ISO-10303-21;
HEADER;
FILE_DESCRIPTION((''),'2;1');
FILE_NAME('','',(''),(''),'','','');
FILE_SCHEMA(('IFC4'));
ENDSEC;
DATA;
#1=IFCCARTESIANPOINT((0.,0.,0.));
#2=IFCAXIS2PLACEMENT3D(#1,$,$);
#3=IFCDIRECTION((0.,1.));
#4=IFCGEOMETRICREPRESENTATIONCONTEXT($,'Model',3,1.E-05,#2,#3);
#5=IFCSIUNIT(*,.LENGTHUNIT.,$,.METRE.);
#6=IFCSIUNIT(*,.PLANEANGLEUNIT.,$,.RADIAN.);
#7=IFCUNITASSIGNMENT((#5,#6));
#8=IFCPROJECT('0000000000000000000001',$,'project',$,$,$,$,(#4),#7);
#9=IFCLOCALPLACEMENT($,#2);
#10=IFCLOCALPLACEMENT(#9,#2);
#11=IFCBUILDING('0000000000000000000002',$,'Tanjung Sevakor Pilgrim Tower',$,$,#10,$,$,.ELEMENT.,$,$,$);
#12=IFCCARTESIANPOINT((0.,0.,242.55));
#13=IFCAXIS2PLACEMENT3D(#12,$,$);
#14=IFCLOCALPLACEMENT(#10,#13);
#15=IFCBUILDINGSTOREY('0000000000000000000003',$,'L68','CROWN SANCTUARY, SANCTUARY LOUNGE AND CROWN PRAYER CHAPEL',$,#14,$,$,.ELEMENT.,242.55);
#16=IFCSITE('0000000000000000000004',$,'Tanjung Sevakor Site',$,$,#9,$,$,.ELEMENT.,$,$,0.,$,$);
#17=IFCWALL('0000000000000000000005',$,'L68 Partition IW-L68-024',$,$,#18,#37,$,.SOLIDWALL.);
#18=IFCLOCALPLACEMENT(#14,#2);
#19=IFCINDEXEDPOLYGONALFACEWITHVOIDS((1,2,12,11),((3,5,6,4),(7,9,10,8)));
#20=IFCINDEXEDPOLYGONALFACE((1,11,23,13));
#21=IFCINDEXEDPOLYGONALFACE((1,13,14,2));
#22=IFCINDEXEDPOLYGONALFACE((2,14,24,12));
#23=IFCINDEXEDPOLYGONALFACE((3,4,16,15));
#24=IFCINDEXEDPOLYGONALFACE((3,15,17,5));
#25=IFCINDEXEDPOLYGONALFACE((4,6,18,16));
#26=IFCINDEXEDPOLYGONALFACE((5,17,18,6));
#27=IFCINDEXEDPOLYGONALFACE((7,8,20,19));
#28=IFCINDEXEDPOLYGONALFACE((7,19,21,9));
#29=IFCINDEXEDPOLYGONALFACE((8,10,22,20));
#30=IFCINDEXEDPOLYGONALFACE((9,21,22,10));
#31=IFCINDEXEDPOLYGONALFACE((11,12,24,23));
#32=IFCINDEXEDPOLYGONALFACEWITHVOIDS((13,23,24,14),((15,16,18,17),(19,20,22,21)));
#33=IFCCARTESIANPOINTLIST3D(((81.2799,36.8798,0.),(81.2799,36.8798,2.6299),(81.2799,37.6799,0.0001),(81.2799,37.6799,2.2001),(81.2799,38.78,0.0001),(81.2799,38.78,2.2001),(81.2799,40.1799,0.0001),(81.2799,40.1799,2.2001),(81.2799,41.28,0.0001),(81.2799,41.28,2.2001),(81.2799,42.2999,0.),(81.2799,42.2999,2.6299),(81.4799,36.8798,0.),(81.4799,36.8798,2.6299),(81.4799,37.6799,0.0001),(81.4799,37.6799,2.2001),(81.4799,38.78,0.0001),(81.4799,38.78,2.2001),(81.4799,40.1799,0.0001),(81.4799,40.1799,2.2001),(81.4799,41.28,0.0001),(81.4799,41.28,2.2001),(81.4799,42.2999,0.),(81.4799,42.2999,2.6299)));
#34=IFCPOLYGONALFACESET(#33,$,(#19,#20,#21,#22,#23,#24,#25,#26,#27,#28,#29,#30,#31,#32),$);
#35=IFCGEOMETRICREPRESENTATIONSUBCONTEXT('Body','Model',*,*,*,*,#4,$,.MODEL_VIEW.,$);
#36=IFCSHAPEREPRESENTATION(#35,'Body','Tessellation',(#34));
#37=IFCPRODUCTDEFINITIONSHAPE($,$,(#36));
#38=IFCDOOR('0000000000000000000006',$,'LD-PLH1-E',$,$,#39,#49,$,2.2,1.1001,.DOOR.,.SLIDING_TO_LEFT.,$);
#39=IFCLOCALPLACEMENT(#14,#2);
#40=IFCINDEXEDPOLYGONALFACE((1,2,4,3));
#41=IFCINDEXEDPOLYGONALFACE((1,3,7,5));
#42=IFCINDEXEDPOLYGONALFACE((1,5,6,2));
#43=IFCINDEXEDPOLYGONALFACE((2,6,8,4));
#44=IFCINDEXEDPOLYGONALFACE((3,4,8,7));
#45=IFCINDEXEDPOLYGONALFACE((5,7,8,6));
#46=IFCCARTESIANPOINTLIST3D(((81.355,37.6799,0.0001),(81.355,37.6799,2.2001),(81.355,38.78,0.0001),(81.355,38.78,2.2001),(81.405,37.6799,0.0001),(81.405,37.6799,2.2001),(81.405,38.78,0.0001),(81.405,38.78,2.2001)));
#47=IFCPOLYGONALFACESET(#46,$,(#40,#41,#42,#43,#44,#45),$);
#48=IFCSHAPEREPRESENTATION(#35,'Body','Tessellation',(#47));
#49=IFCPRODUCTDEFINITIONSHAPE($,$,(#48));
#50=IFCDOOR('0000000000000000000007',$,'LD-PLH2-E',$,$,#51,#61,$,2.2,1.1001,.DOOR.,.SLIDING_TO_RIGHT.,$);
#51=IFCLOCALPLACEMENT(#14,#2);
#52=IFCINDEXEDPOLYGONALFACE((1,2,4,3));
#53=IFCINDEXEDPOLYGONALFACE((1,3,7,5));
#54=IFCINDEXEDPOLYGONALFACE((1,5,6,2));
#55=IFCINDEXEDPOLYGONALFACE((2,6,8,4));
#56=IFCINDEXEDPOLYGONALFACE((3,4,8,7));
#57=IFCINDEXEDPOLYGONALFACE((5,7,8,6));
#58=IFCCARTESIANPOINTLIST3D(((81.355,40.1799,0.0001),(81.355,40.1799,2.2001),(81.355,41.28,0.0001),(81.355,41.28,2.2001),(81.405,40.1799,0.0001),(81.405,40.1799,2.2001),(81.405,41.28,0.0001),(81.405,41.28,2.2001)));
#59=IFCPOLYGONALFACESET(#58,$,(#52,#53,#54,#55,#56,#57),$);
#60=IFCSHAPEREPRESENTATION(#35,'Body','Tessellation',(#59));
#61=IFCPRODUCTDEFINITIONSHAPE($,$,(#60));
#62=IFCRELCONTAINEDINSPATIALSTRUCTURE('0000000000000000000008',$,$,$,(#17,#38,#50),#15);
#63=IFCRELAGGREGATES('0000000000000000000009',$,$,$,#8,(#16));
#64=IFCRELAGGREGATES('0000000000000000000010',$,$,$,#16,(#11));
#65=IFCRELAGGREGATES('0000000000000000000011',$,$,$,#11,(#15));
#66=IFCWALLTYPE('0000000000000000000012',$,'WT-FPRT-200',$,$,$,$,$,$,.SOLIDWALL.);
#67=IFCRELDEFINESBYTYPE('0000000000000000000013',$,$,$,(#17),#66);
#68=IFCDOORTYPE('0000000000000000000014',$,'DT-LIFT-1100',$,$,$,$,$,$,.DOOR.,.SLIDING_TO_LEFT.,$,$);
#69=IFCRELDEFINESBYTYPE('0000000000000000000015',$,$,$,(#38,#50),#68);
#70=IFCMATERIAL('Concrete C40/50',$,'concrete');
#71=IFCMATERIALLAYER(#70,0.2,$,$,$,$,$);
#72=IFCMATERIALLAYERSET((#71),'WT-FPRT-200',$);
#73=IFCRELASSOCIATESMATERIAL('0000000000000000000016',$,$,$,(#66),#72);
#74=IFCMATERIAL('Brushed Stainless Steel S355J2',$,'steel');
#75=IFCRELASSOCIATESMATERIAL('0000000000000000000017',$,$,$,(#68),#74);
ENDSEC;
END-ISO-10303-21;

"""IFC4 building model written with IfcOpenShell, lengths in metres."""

from ifc_helpers import new_model, si_unit, direction, frame, frame_2d, origin, place, context, subcontext, project, spatial, rectangle, extrude, material, layer, layer_set, type_object, element, fill, save


model = new_model("IFC4")

# Units and contexts
model_context = context("Model", 3, precision=1e-05, world=origin(), true_north=direction((0.0, 1.0)))
body_context = subcontext(model_context, "Body", "Model", "MODEL_VIEW")
ifc_project = project(units=[si_unit("LENGTHUNIT", "METRE"), si_unit("PLANEANGLEUNIT", "RADIAN")], contexts=[model_context])

# Site, building, storey
site_placement = place(None, origin())
site = spatial("IfcSite", under=ifc_project, at=site_placement, Name="Tanjung Sevakor Site", CompositionType="ELEMENT", RefElevation=0.0)
building_placement = place(site_placement, origin())
building = spatial("IfcBuilding", under=site, at=building_placement, Name="Tanjung Sevakor Pilgrim Tower", CompositionType="ELEMENT")
storey_placement = place(building_placement, frame((0.0, 0.0, 242.55)))
storey = spatial("IfcBuildingStorey", under=building, at=storey_placement, Name="L68", Description="CROWN SANCTUARY, SANCTUARY LOUNGE AND CROWN PRAYER CHAPEL", CompositionType="ELEMENT", Elevation=242.55)

# Shared definitions
ifc_material_1 = material(Name="Concrete C40/50", Category="concrete")
ifc_layer_1 = layer(ifc_material_1, 0.2)
ifc_layer_set_1 = layer_set([ifc_layer_1], Name="WT-FPRT-200")
wall_type_1 = type_object("IfcWallType", Name="WT-FPRT-200", PredefinedType="SOLIDWALL", material=ifc_layer_set_1)

# Wall, openings, doors
wall_1_placement = place(storey_placement, frame((81.3799, 36.8799, 0.0), z_axis=(0.0, 0.0, 1.0), x_axis=(0.0, 1.0, 0.0)))
wall_1 = element("IfcWall", 1, at=wall_1_placement, inside=storey, type_object=wall_type_1, Name="L68 Partition IW-L68-024", PredefinedType="SOLIDWALL", context=body_context, shape_type="SweptSolid", body=[
    extrude(rectangle(XDim=5.4202, YDim=0.2, at=frame_2d((2.71, 0.0))), origin(), (0.0, 0.0, 1.0), 2.6299),
])
opening_1_placement = place(wall_1_placement, frame((0.8, 0.0, 0.0)))
opening_1 = element("IfcOpeningElement", 2, at=opening_1_placement, cuts=wall_1, PredefinedType="OPENING", context=body_context, shape_type="SweptSolid", body=[
    extrude(rectangle(XDim=1.1001, YDim=2.2, at=frame_2d((0.55, 1.1001))), frame((0.0, 0.1099, 0.0), z_axis=(0.0, -1.0, 0.0), x_axis=(1.0, 0.0, 0.0)), (0.0, 0.0, 1.0), 0.22),
])
opening_2_placement = place(wall_1_placement, frame((3.3, 0.0, 0.0)))
opening_2 = element("IfcOpeningElement", 3, at=opening_2_placement, cuts=wall_1, PredefinedType="OPENING", context=body_context, shape_type="SweptSolid", body=[
    extrude(rectangle(XDim=1.1001, YDim=2.2, at=frame_2d((0.55, 1.1001))), frame((0.0, 0.1099, 0.0), z_axis=(0.0, -1.0, 0.0), x_axis=(1.0, 0.0, 0.0)), (0.0, 0.0, 1.0), 0.22),
])
ifc_material_2 = material(Name="Brushed Stainless Steel S355J2", Category="steel")
door_type_1 = type_object("IfcDoorType", Name="DT-LIFT-1100", OperationType="SLIDING_TO_LEFT", PredefinedType="DOOR", material=ifc_material_2)
door_1_placement = place(opening_1_placement, origin())
door_1 = element("IfcDoor", 4, at=door_1_placement, inside=storey, type_object=door_type_1, Name="LD-PLH1-E", OperationType="SLIDING_TO_LEFT", OverallHeight=2.2, OverallWidth=1.1001, PredefinedType="DOOR", context=body_context, shape_type="SweptSolid", body=[
    extrude(rectangle(XDim=1.1001, YDim=2.2, at=frame_2d((0.55, 1.1001))), frame((0.0, 0.0249, 0.0), z_axis=(0.0, -1.0, 0.0), x_axis=(1.0, 0.0, 0.0)), (0.0, 0.0, 1.0), 0.05),
])
fill(opening_1, door_1)
door_2_placement = place(opening_2_placement, origin())
door_2 = element("IfcDoor", 5, at=door_2_placement, inside=storey, type_object=door_type_1, Name="LD-PLH2-E", OperationType="SLIDING_TO_RIGHT", OverallHeight=2.2, OverallWidth=1.1001, PredefinedType="DOOR", context=body_context, shape_type="SweptSolid", body=[
    extrude(rectangle(XDim=1.1001, YDim=2.2, at=frame_2d((0.55, 1.1001))), frame((0.0, 0.0249, 0.0), z_axis=(0.0, -1.0, 0.0), x_axis=(1.0, 0.0, 0.0)), (0.0, 0.0, 1.0), 0.05),
])
fill(opening_2, door_2)

save(model, "model.ifc")
